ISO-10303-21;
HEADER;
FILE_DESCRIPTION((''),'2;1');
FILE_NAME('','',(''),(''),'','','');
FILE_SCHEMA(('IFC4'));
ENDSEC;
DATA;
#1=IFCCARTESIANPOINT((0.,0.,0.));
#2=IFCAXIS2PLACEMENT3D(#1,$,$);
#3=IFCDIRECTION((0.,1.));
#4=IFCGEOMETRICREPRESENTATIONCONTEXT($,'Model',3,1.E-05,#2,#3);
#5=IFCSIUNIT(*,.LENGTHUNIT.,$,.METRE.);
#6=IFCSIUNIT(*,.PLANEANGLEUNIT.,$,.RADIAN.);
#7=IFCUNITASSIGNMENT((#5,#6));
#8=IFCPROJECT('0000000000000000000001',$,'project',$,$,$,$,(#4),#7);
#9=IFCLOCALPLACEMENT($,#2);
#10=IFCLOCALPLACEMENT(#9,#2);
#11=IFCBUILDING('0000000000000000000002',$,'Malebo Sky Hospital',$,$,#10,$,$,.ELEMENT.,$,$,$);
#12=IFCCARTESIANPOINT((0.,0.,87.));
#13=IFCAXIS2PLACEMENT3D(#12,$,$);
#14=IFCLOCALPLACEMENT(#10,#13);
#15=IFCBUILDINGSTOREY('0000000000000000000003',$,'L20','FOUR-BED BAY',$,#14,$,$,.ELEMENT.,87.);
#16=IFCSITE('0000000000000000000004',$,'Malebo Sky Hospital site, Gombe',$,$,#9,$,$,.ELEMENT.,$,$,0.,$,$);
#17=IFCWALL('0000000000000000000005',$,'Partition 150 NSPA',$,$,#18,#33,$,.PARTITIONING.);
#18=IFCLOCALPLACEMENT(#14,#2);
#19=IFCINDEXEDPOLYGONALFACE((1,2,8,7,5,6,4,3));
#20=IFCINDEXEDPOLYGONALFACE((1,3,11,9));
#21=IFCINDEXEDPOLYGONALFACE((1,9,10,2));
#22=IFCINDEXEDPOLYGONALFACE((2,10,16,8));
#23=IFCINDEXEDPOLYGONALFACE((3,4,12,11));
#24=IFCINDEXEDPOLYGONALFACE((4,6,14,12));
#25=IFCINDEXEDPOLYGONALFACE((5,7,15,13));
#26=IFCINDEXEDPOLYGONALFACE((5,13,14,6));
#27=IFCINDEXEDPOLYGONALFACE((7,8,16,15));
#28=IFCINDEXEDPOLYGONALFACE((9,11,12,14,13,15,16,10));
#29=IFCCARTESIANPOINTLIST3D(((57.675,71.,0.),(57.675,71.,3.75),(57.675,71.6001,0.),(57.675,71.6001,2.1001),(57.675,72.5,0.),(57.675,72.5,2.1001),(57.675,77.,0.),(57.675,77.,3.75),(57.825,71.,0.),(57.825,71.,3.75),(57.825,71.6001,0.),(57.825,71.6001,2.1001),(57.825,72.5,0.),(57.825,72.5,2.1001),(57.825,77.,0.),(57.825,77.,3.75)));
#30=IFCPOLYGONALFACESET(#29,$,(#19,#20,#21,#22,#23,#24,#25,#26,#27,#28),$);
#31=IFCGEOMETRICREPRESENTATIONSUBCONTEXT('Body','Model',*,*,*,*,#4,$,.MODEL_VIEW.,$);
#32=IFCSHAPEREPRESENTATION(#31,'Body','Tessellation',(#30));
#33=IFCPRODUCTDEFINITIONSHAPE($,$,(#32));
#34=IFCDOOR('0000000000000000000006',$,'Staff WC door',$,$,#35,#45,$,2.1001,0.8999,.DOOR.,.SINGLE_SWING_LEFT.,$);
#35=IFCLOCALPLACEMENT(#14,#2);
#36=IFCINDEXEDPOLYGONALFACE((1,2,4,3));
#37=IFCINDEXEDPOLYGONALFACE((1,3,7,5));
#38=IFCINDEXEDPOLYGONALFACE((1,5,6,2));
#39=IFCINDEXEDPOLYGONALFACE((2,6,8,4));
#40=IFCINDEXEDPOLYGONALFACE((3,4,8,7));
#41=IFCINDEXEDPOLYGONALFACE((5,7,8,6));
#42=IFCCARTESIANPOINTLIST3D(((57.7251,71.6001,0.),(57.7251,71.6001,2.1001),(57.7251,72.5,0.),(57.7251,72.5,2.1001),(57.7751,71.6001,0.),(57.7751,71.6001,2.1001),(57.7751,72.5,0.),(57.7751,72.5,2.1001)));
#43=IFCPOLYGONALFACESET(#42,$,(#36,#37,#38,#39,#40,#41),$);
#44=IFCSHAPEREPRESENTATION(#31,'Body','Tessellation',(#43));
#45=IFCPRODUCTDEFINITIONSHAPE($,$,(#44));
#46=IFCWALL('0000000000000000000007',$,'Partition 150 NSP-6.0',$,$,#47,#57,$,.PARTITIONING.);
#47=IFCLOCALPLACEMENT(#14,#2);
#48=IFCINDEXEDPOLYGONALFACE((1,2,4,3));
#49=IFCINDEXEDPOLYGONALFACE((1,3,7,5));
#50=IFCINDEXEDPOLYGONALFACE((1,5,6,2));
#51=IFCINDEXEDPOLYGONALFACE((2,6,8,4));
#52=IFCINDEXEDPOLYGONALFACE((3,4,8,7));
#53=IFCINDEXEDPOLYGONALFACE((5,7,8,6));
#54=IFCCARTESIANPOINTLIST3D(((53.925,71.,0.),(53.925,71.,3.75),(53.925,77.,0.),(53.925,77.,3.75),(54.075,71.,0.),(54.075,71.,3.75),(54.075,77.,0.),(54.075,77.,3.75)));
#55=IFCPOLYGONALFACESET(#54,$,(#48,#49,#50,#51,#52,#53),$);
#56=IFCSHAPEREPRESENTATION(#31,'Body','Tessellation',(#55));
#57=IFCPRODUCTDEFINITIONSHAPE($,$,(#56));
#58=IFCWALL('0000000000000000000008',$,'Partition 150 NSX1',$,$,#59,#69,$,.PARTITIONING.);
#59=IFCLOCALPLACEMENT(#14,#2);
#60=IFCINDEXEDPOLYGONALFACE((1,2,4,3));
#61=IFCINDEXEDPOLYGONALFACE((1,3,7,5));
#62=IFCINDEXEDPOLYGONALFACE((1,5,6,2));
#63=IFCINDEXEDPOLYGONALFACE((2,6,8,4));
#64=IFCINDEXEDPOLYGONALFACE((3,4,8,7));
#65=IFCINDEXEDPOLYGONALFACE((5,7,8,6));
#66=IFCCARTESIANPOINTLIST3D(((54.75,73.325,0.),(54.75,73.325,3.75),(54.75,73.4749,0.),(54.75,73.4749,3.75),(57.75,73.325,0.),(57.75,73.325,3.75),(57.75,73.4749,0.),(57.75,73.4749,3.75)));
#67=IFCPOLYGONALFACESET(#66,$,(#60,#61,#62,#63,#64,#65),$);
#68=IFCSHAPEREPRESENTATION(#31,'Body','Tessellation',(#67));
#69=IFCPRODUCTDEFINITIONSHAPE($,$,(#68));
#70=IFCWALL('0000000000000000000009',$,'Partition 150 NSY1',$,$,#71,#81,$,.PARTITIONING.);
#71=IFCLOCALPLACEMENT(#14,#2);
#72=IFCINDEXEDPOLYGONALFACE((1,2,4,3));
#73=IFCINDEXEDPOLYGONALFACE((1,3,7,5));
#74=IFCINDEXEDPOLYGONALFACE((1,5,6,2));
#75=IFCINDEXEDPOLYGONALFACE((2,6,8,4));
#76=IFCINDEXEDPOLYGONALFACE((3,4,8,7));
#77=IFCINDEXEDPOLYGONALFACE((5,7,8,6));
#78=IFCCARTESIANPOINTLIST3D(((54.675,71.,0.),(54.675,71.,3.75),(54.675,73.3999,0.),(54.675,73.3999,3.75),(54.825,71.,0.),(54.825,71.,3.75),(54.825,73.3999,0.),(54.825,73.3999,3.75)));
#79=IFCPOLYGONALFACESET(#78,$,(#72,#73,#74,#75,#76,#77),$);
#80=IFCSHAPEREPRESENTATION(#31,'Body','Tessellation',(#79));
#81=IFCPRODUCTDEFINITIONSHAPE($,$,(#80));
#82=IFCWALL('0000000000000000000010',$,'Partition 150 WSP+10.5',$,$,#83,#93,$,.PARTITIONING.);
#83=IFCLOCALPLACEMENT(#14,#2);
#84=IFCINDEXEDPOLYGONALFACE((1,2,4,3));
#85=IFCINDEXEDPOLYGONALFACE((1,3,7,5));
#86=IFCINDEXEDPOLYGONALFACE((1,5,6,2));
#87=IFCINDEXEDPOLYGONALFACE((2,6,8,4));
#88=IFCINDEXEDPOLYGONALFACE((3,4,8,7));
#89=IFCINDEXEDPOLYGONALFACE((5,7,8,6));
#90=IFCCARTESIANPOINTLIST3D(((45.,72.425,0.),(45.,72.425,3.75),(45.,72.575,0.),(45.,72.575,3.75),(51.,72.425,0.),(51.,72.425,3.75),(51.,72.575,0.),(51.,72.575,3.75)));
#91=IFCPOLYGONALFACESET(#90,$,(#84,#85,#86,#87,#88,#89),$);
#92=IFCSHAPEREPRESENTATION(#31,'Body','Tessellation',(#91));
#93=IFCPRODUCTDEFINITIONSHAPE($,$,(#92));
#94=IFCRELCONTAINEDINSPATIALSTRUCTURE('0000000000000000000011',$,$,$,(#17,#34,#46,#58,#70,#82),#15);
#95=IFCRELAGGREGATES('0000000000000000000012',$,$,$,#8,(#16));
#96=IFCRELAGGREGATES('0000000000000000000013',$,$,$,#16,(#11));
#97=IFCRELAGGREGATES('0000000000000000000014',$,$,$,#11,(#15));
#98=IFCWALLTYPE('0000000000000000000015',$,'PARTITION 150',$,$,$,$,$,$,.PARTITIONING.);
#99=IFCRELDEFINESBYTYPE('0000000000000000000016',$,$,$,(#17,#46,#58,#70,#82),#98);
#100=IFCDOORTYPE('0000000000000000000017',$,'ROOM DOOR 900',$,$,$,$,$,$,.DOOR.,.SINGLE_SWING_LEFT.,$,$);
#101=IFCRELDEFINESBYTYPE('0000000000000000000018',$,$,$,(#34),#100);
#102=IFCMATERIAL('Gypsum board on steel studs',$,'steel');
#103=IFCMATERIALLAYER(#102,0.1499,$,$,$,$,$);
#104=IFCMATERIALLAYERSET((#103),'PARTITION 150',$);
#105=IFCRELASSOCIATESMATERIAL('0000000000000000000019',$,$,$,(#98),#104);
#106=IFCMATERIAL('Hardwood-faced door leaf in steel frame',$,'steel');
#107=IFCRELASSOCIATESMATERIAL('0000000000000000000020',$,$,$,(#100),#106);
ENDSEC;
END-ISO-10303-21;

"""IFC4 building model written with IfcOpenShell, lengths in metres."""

from ifc_helpers import new_model, si_unit, direction, frame, frame_2d, origin, place, context, subcontext, project, spatial, rectangle, extrude, material, layer, layer_set, type_object, element, fill, save


model = new_model("IFC4")

# Units and contexts
model_context = context("Model", 3, precision=1e-05, world=origin(), true_north=direction((0.0, 1.0)))
body_context = subcontext(model_context, "Body", "Model", "MODEL_VIEW")
ifc_project = project(units=[si_unit("LENGTHUNIT", "METRE"), si_unit("PLANEANGLEUNIT", "RADIAN")], contexts=[model_context])

# Site, building, storey
site_placement = place(None, origin())
site = spatial("IfcSite", under=ifc_project, at=site_placement, Name="Malebo Sky Hospital site, Gombe", CompositionType="ELEMENT", RefElevation=0.0)
building_placement = place(site_placement, origin())
building = spatial("IfcBuilding", under=site, at=building_placement, Name="Malebo Sky Hospital", CompositionType="ELEMENT")
storey_placement = place(building_placement, frame((0.0, 0.0, 87.0)))
storey = spatial("IfcBuildingStorey", under=building, at=storey_placement, Name="L20", Description="FOUR-BED BAY", CompositionType="ELEMENT", Elevation=87.0)

# Shared definitions
ifc_material_1 = material(Name="Gypsum board on steel studs", Category="steel")
ifc_material_2 = material(Name="Hardwood-faced door leaf in steel frame", Category="steel")

# Shared definitions
ifc_layer_1 = layer(ifc_material_1, 0.1499)
ifc_layer_set_1 = layer_set([ifc_layer_1], Name="PARTITION 150")
wall_type_1 = type_object("IfcWallType", Name="PARTITION 150", PredefinedType="PARTITIONING", material=ifc_layer_set_1)

# Wall, opening, door
wall_1_placement = place(storey_placement, frame((57.75, 71.0, 0.0), z_axis=(0.0, 0.0, 1.0), x_axis=(0.0, 1.0, 0.0)))
wall_1 = element("IfcWall", 1, at=wall_1_placement, inside=storey, type_object=wall_type_1, Name="Partition 150 NSPA", PredefinedType="PARTITIONING", context=body_context, shape_type="SweptSolid", body=[
    extrude(rectangle(XDim=6.0, YDim=0.1499, at=frame_2d((3.0, 0.0))), origin(), (0.0, 0.0, 1.0), 3.75),
])
opening_1_placement = place(wall_1_placement, frame((0.6001, 0.0, 0.0)))
opening_1 = element("IfcOpeningElement", 2, at=opening_1_placement, cuts=wall_1, PredefinedType="OPENING", context=body_context, shape_type="SweptSolid", body=[
    extrude(rectangle(XDim=0.8999, YDim=2.1001, at=frame_2d((0.45, 1.05))), frame((0.0, 0.085, 0.0), z_axis=(0.0, -1.0, 0.0), x_axis=(1.0, 0.0, 0.0)), (0.0, 0.0, 1.0), 0.1699),
])
door_type_1 = type_object("IfcDoorType", Name="ROOM DOOR 900", OperationType="SINGLE_SWING_LEFT", PredefinedType="DOOR", material=ifc_material_2)
door_1_placement = place(opening_1_placement, origin())
door_1 = element("IfcDoor", 3, at=door_1_placement, inside=storey, type_object=door_type_1, Name="Staff WC door", OperationType="SINGLE_SWING_LEFT", OverallHeight=2.1001, OverallWidth=0.8999, PredefinedType="DOOR", context=body_context, shape_type="SweptSolid", body=[
    extrude(rectangle(XDim=0.8999, YDim=2.1001, at=frame_2d((0.45, 1.05))), frame((0.0, 0.0249, 0.0), z_axis=(0.0, -1.0, 0.0), x_axis=(1.0, 0.0, 0.0)), (0.0, 0.0, 1.0), 0.05),
])
fill(opening_1, door_1)

# Walls
wall_2_placement = place(storey_placement, frame((54.0, 71.0, 0.0), z_axis=(0.0, 0.0, 1.0), x_axis=(0.0, 1.0, 0.0)))
element("IfcWall", 4, at=wall_2_placement, inside=storey, type_object=wall_type_1, Name="Partition 150 NSP-6.0", PredefinedType="PARTITIONING", context=body_context, shape_type="SweptSolid", body=[
    extrude(rectangle(XDim=6.0, YDim=0.1499, at=frame_2d((3.0, 0.0))), origin(), (0.0, 0.0, 1.0), 3.75),
])
wall_3_placement = place(storey_placement, frame((54.75, 73.3999, 0.0), z_axis=(0.0, 0.0, 1.0), x_axis=(1.0, 0.0, 0.0)))
element("IfcWall", 5, at=wall_3_placement, inside=storey, type_object=wall_type_1, Name="Partition 150 NSX1", PredefinedType="PARTITIONING", context=body_context, shape_type="SweptSolid", body=[
    extrude(rectangle(XDim=3.0, YDim=0.1499, at=frame_2d((1.5, 0.0))), origin(), (0.0, 0.0, 1.0), 3.75),
])
wall_4_placement = place(storey_placement, frame((54.75, 71.0, 0.0), z_axis=(0.0, 0.0, 1.0), x_axis=(0.0, 1.0, 0.0)))
element("IfcWall", 6, at=wall_4_placement, inside=storey, type_object=wall_type_1, Name="Partition 150 NSY1", PredefinedType="PARTITIONING", context=body_context, shape_type="SweptSolid", body=[
    extrude(rectangle(XDim=2.3999, YDim=0.1499, at=frame_2d((1.2, 0.0))), origin(), (0.0, 0.0, 1.0), 3.75),
])
wall_5_placement = place(storey_placement, frame((51.0, 72.5, 0.0), z_axis=(0.0, 0.0, 1.0), x_axis=(-1.0, 0.0, 0.0)))
element("IfcWall", 7, at=wall_5_placement, inside=storey, type_object=wall_type_1, Name="Partition 150 WSP+10.5", PredefinedType="PARTITIONING", context=body_context, shape_type="SweptSolid", body=[
    extrude(rectangle(XDim=6.0, YDim=0.1499, at=frame_2d((3.0, 0.0))), origin(), (0.0, 0.0, 1.0), 3.75),
])

save(model, "model.ifc")
